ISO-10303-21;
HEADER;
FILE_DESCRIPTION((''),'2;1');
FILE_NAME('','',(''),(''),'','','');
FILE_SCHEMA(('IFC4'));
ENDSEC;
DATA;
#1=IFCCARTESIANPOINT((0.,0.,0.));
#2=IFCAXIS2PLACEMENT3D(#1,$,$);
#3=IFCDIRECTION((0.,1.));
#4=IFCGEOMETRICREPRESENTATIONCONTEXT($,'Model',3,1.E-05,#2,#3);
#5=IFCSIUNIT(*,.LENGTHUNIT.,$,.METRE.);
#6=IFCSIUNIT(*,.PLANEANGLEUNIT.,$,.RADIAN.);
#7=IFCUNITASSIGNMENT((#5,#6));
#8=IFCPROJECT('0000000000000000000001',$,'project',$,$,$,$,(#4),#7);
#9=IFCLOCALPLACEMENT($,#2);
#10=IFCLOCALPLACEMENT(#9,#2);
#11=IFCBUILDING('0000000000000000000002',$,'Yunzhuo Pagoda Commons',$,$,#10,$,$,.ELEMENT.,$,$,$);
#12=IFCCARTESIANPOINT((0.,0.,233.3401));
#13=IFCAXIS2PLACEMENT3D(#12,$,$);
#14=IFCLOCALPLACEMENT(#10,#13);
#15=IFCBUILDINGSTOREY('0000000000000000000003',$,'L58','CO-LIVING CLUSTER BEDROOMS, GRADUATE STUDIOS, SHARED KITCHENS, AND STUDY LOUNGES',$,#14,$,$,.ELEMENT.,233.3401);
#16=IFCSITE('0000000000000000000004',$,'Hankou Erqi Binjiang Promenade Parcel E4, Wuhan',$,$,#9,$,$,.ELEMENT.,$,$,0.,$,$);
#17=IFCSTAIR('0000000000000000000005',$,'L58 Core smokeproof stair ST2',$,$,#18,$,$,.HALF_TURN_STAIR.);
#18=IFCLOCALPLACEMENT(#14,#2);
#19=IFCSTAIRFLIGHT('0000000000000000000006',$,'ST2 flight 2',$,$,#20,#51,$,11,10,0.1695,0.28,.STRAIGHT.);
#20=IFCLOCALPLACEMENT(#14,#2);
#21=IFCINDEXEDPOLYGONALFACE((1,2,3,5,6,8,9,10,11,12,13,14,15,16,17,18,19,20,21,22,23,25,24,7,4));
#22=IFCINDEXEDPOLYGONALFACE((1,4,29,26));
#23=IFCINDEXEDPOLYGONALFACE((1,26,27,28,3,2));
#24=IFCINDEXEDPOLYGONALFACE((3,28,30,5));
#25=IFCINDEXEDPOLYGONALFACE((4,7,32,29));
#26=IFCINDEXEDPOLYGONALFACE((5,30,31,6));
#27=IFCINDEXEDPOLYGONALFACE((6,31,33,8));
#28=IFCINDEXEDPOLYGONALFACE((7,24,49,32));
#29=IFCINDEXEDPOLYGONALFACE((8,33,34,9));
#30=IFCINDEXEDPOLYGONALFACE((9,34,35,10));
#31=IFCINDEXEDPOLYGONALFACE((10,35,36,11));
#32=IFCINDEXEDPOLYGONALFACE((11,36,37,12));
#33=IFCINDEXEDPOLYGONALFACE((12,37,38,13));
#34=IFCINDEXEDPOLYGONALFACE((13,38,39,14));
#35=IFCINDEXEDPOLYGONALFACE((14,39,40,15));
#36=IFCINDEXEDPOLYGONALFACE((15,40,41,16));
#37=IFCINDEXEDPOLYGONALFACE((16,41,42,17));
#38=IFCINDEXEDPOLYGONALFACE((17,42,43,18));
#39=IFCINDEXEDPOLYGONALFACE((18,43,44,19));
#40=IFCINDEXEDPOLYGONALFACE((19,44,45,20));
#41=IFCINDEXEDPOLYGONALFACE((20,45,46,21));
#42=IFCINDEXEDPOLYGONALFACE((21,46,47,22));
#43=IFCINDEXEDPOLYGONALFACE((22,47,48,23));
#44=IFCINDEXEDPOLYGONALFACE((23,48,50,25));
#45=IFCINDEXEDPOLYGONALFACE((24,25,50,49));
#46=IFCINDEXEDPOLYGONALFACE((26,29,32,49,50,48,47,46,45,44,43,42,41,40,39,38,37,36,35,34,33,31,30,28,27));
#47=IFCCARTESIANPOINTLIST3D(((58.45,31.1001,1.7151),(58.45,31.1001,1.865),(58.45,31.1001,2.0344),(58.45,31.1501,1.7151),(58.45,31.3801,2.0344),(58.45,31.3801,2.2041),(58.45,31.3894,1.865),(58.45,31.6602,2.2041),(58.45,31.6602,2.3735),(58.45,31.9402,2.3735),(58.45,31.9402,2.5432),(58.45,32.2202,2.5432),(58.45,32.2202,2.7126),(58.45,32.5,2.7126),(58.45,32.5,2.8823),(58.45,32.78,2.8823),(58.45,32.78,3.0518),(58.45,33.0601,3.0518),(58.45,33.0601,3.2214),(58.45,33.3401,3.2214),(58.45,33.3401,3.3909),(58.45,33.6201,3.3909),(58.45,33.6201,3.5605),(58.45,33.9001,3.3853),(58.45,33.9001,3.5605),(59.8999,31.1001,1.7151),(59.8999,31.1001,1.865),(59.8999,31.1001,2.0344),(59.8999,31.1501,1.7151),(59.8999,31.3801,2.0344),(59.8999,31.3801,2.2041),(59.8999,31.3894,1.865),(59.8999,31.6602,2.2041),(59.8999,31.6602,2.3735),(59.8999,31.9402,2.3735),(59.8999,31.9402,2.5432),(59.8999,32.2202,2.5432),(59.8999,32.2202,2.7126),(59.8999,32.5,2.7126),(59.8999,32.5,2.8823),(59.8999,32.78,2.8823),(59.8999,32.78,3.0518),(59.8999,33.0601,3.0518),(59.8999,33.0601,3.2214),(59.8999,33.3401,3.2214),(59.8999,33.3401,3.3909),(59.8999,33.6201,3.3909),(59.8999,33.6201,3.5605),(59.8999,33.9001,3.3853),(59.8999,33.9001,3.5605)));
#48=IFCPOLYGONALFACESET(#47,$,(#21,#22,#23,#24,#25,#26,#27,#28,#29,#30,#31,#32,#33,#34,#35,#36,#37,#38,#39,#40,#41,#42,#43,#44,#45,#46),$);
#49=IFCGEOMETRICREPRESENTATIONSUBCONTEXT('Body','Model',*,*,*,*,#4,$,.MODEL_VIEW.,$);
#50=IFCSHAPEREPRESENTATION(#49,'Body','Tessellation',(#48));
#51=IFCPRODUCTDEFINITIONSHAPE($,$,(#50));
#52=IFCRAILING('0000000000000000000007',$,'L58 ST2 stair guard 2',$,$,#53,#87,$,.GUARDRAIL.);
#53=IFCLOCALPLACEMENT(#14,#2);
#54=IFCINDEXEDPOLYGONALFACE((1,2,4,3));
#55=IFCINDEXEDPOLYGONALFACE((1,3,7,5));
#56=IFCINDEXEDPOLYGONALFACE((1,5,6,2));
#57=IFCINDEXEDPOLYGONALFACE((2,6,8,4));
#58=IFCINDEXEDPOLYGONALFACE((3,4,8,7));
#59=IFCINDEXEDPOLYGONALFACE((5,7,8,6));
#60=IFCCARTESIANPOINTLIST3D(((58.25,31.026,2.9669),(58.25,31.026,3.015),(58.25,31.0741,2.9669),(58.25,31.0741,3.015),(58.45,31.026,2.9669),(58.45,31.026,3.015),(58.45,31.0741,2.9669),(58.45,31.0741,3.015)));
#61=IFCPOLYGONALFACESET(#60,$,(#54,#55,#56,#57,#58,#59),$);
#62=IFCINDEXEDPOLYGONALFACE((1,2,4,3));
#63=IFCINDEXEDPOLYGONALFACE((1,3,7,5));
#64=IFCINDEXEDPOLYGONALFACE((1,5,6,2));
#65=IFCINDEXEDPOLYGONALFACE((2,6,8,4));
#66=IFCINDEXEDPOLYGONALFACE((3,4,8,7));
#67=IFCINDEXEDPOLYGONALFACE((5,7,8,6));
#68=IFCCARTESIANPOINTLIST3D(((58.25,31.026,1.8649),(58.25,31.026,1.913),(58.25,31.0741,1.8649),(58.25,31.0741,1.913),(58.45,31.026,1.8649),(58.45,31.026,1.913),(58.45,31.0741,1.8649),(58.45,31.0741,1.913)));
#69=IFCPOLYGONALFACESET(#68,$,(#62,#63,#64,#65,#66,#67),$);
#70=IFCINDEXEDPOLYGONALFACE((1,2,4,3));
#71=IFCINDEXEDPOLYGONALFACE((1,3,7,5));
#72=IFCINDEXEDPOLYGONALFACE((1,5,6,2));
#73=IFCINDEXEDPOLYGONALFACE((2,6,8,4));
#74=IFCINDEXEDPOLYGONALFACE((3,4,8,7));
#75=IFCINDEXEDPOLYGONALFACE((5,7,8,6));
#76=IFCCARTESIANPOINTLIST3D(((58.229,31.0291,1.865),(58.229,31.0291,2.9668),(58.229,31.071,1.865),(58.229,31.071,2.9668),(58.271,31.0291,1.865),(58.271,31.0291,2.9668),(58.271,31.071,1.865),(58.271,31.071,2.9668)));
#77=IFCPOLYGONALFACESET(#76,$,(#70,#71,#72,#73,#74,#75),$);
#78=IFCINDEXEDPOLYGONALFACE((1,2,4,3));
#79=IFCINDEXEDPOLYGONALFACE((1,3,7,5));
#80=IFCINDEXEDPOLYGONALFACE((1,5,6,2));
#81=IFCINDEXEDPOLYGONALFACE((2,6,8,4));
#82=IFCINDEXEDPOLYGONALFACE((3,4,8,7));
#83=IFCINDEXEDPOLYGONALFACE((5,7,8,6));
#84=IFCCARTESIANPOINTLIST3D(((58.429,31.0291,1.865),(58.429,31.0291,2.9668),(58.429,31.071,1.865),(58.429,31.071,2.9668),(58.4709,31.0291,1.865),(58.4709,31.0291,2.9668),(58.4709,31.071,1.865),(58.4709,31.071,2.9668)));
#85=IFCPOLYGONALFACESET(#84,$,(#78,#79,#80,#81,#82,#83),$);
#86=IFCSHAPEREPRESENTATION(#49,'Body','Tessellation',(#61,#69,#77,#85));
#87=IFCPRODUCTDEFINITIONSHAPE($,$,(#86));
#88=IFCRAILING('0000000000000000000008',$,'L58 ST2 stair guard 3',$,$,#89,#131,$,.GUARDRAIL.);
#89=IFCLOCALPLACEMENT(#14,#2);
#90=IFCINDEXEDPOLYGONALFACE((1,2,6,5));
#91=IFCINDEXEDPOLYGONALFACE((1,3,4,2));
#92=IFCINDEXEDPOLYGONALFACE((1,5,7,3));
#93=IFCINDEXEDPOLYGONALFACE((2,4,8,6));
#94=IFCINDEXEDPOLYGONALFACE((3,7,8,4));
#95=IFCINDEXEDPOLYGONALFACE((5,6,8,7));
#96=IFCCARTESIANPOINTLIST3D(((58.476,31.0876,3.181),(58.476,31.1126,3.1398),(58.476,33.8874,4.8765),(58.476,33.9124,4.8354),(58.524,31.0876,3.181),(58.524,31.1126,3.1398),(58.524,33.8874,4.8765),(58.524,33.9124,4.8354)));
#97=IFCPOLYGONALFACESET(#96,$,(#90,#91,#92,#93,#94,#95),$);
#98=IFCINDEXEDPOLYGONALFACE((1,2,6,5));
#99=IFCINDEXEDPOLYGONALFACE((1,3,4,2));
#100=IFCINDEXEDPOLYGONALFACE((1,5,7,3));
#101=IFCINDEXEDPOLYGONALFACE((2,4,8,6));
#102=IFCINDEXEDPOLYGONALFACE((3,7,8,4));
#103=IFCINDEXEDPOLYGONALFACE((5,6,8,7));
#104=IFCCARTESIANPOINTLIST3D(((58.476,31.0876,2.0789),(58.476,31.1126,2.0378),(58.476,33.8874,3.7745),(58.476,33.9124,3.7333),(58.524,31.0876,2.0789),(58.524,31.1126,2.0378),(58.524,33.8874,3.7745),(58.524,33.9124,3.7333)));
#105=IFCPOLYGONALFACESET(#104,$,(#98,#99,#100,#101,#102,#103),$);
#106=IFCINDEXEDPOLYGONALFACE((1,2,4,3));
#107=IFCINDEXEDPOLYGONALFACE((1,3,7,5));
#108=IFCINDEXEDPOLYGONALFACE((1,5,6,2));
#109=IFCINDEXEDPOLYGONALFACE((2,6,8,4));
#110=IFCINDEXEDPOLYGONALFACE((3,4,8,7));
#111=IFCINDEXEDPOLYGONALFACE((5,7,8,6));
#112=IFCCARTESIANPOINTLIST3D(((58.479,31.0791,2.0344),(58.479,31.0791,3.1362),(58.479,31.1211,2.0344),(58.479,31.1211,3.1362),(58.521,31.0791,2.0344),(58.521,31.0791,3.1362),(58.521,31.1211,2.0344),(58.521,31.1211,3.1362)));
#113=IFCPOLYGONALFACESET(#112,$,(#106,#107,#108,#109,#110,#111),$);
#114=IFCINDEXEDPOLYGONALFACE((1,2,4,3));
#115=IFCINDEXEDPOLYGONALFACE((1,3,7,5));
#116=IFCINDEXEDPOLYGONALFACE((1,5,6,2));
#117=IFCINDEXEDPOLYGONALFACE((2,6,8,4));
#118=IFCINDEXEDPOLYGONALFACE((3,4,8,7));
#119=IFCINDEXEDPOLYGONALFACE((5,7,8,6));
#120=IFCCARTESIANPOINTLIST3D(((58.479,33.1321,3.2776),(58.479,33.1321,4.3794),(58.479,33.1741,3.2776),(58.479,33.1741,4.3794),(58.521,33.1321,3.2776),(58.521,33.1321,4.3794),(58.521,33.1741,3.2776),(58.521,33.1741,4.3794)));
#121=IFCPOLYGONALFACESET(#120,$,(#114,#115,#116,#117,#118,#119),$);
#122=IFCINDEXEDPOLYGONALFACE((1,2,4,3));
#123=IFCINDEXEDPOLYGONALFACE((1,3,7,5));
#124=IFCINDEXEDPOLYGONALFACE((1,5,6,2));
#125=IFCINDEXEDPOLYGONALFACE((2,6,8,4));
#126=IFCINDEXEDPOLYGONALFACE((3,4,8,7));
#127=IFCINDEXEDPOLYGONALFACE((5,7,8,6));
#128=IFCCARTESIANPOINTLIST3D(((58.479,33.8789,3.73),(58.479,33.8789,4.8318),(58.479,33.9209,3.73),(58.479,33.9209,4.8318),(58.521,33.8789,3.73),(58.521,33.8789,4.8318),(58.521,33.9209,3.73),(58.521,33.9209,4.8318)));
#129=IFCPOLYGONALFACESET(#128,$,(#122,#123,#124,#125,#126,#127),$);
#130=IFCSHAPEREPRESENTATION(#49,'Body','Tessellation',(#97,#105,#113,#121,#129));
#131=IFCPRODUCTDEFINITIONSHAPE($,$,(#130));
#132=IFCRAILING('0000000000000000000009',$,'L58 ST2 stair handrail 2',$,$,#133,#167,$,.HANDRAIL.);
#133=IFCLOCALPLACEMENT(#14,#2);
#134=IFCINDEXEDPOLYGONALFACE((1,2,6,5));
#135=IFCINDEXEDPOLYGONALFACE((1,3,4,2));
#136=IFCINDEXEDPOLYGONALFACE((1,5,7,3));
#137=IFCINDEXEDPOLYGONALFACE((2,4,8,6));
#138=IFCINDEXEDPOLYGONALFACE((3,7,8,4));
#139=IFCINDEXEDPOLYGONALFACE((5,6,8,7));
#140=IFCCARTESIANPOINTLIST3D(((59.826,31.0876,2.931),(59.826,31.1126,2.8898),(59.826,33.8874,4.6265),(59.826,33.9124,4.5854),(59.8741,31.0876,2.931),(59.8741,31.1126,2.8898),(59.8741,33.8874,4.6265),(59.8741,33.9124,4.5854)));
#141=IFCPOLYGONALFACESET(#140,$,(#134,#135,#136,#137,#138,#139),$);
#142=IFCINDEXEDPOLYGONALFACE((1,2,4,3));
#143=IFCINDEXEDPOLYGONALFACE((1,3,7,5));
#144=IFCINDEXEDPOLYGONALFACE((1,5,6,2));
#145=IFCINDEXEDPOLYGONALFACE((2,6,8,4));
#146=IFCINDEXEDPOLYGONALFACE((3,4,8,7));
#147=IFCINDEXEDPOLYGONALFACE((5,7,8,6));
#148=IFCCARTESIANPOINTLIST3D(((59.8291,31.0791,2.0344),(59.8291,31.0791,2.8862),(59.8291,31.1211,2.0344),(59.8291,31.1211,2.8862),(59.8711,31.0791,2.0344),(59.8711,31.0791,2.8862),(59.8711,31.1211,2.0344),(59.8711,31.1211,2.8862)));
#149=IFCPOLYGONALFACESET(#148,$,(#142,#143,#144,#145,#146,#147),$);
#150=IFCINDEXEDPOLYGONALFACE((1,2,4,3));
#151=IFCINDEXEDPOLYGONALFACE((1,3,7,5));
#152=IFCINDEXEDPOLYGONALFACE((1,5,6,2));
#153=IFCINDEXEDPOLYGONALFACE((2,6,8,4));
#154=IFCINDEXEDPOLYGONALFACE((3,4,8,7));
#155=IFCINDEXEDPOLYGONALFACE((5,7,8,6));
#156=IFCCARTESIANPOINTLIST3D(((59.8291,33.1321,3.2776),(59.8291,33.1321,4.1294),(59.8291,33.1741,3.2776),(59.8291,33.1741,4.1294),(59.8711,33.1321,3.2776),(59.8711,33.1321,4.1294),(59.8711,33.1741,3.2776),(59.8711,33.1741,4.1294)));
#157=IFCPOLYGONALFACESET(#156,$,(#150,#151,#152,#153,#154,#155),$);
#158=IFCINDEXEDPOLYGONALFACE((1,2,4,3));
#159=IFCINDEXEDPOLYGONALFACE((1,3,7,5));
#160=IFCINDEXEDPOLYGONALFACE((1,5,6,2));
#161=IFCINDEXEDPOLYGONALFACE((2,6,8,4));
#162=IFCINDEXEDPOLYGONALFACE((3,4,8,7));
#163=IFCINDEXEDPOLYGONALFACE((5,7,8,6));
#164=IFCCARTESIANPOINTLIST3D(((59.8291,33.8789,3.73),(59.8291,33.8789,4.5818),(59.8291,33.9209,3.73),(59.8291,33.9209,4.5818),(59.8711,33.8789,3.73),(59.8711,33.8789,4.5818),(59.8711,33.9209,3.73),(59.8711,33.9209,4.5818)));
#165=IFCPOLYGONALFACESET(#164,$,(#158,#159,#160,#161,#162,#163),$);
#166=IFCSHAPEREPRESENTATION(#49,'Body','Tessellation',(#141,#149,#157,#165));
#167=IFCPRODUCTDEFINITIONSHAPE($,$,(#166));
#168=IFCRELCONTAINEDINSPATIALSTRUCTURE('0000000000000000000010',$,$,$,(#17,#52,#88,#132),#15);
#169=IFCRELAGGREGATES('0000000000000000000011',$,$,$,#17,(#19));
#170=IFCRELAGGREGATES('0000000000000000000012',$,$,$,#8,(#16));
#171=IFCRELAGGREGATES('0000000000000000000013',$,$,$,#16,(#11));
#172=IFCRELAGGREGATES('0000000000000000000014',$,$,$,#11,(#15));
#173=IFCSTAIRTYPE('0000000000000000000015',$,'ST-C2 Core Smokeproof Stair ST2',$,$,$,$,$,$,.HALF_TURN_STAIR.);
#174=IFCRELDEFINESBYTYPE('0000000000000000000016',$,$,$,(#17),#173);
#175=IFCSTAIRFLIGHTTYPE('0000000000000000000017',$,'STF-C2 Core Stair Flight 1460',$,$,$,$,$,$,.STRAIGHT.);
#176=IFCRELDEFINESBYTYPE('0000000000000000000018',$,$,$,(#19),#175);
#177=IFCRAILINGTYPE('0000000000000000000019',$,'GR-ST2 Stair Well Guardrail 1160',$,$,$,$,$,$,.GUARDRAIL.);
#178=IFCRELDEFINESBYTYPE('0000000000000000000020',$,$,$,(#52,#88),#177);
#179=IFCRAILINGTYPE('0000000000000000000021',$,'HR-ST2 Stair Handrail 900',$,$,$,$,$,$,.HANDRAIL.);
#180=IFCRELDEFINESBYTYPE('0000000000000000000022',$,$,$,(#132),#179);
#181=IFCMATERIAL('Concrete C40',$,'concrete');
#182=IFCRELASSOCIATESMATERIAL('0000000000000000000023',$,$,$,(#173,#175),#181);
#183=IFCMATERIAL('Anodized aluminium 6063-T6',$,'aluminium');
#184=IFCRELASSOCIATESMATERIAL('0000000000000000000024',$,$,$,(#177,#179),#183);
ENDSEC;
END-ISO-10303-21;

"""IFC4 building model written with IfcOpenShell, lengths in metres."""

from ifc_helpers import new_model, si_unit, direction, frame, origin, origin_2d, place, context, subcontext, project, spatial, polyline, rectangle, outline, extrude, source, transform, mapped, material, type_object, element, aggregate, save


model = new_model("IFC4")

# Units and contexts
model_context = context("Model", 3, precision=1e-05, world=origin(), true_north=direction((0.0, 1.0)))
body_context = subcontext(model_context, "Body", "Model", "MODEL_VIEW")
ifc_project = project(units=[si_unit("LENGTHUNIT", "METRE"), si_unit("PLANEANGLEUNIT", "RADIAN")], contexts=[model_context])

# Site, building, storey
site_placement = place(None, origin())
site = spatial("IfcSite", under=ifc_project, at=site_placement, Name="Hankou Erqi Binjiang Promenade Parcel E4, Wuhan", CompositionType="ELEMENT", RefElevation=0.0)
building_placement = place(site_placement, origin())
building = spatial("IfcBuilding", under=site, at=building_placement, Name="Yunzhuo Pagoda Commons", CompositionType="ELEMENT")
storey_placement = place(building_placement, frame((0.0, 0.0, 233.3401)))
storey = spatial("IfcBuildingStorey", under=building, at=storey_placement, Name="L58", Description="CO-LIVING CLUSTER BEDROOMS, GRADUATE STUDIOS, SHARED KITCHENS, AND STUDY LOUNGES", CompositionType="ELEMENT", Elevation=233.3401)

# Shared definitions
ifc_material_1 = material(Name="Anodized aluminium 6063-T6", Category="aluminium")

# Stair, stair flight
ifc_material_2 = material(Name="Concrete C40", Category="concrete")
stair_type = type_object("IfcStairType", Name="ST-C2 Core Smokeproof Stair ST2", PredefinedType="HALF_TURN_STAIR", material=ifc_material_2)
stair_placement = place(storey_placement, origin())
stair = element("IfcStair", 1, at=stair_placement, inside=storey, type_object=stair_type, Name="L58 Core smokeproof stair ST2", PredefinedType="HALF_TURN_STAIR")
stair_flight_type = type_object("IfcStairFlightType", Name="STF-C2 Core Stair Flight 1460", PredefinedType="STRAIGHT", material=ifc_material_2)
shared_shape_1 = source(origin(), body_context, "Body", "SweptSolid", [
    extrude(outline(polyline([(0.0, -0.1499), (0.0, 0.0), (0.0, 0.1694), (0.28, 0.1694), (0.28, 0.3391), (0.5601, 0.3391), (0.5601, 0.5085), (0.8401, 0.5085), (0.8401, 0.6782), (1.1201, 0.6782), (1.1201, 0.8477), (1.3999, 0.8477), (1.3999, 1.0173), (1.6799, 1.0173), (1.6799, 1.1868), (1.96, 1.1868), (1.96, 1.3564), (2.24, 1.3564), (2.24, 1.5259), (2.52, 1.5259), (2.52, 1.6956), (2.8, 1.6956), (2.8, 1.865), (2.8, 1.5203), (0.2893, 0.0), (0.05, -0.1499), (0.0, -0.1499)])), frame((0.0, 0.7251, 0.0), z_axis=(0.0, -1.0, 0.0), x_axis=(1.0, 0.0, 0.0)), (0.0, 0.0, 1.0), 1.45),
])
stair_flight_placement = place(storey_placement, frame((59.175, 31.1001, 1.865), z_axis=(0.0, 0.0, 1.0), x_axis=(0.0, 1.0, 0.0)))
stair_flight = element("IfcStairFlight", 2, at=stair_flight_placement, type_object=stair_flight_type, Name="ST2 flight 2", NumberOfRisers=11, NumberOfTreads=10, PredefinedType="STRAIGHT", RiserHeight=0.1695, TreadLength=0.28, context=body_context, shape_type="MappedRepresentation", body=[
    mapped(shared_shape_1, transform((0.0, 0.0, 0.0), scale=1.0)),
])
aggregate(stair, [stair_flight])

# Railings
railing_type_1 = type_object("IfcRailingType", Name="GR-ST2 Stair Well Guardrail 1160", PredefinedType="GUARDRAIL", material=ifc_material_1)
railing_1_placement = place(storey_placement, frame((58.25, 31.05, 1.865)))
element("IfcRailing", 3, at=railing_1_placement, inside=storey, type_object=railing_type_1, Name="L58 ST2 stair guard 2", PredefinedType="GUARDRAIL", context=body_context, shape_type="SweptSolid", body=[
    extrude(rectangle(XDim=0.0481, YDim=0.0481, at=origin_2d()), frame((0.0, 0.0, 1.126), z_axis=(1.0, 0.0, 0.0), x_axis=(0.0, 1.0, 0.0)), (0.0, 0.0, 1.0), 0.2),
    extrude(rectangle(XDim=0.0481, YDim=0.0481, at=origin_2d()), frame((0.0, 0.0, 0.0239), z_axis=(1.0, 0.0, 0.0), x_axis=(0.0, 1.0, 0.0)), (0.0, 0.0, 1.0), 0.2),
    extrude(rectangle(XDim=0.042, YDim=0.042, at=origin_2d()), origin(), (0.0, 0.0, 1.0), 1.1018),
    extrude(rectangle(XDim=0.042, YDim=0.042, at=origin_2d()), frame((0.2, 0.0, 0.0)), (0.0, 0.0, 1.0), 1.1018),
])
railing_2_placement = place(storey_placement, frame((58.5, 31.1001, 2.0344)))
element("IfcRailing", 4, at=railing_2_placement, inside=storey, type_object=railing_type_1, Name="L58 ST2 stair guard 3", PredefinedType="GUARDRAIL", context=body_context, shape_type="SweptSolid", body=[
    extrude(rectangle(XDim=0.0481, YDim=0.0481, at=origin_2d()), frame((0.0, 0.0, 1.126), z_axis=(0.0, 0.855373, 0.518012), x_axis=(-1.0, 0.0, 0.0)), (0.0, 0.0, 1.0), 3.2732),
    extrude(rectangle(XDim=0.0481, YDim=0.0481, at=origin_2d()), frame((0.0, 0.0, 0.0239), z_axis=(0.0, 0.855373, 0.518012), x_axis=(-1.0, 0.0, 0.0)), (0.0, 0.0, 1.0), 3.2732),
    extrude(rectangle(XDim=0.042, YDim=0.042, at=origin_2d()), origin(), (0.0, 0.0, 1.0), 1.1018),
    extrude(rectangle(XDim=0.042, YDim=0.042, at=origin_2d()), frame((0.0, 2.053, 1.2432)), (0.0, 0.0, 1.0), 1.1018),
    extrude(rectangle(XDim=0.042, YDim=0.042, at=origin_2d()), frame((0.0, 2.7998, 1.6956)), (0.0, 0.0, 1.0), 1.1018),
])
railing_type_2 = type_object("IfcRailingType", Name="HR-ST2 Stair Handrail 900", PredefinedType="HANDRAIL", material=ifc_material_1)
railing_3_placement = place(storey_placement, frame((59.8501, 31.1001, 2.0344)))
element("IfcRailing", 5, at=railing_3_placement, inside=storey, type_object=railing_type_2, Name="L58 ST2 stair handrail 2", PredefinedType="HANDRAIL", context=body_context, shape_type="SweptSolid", body=[
    extrude(rectangle(XDim=0.0481, YDim=0.0481, at=origin_2d()), frame((0.0, 0.0, 0.876), z_axis=(0.0, 0.855373, 0.518012), x_axis=(-1.0, 0.0, 0.0)), (0.0, 0.0, 1.0), 3.2732),
    extrude(rectangle(XDim=0.042, YDim=0.042, at=origin_2d()), origin(), (0.0, 0.0, 1.0), 0.8518),
    extrude(rectangle(XDim=0.042, YDim=0.042, at=origin_2d()), frame((0.0, 2.053, 1.2432)), (0.0, 0.0, 1.0), 0.8518),
    extrude(rectangle(XDim=0.042, YDim=0.042, at=origin_2d()), frame((0.0, 2.7998, 1.6956)), (0.0, 0.0, 1.0), 0.8518),
])

save(model, "model.ifc")
